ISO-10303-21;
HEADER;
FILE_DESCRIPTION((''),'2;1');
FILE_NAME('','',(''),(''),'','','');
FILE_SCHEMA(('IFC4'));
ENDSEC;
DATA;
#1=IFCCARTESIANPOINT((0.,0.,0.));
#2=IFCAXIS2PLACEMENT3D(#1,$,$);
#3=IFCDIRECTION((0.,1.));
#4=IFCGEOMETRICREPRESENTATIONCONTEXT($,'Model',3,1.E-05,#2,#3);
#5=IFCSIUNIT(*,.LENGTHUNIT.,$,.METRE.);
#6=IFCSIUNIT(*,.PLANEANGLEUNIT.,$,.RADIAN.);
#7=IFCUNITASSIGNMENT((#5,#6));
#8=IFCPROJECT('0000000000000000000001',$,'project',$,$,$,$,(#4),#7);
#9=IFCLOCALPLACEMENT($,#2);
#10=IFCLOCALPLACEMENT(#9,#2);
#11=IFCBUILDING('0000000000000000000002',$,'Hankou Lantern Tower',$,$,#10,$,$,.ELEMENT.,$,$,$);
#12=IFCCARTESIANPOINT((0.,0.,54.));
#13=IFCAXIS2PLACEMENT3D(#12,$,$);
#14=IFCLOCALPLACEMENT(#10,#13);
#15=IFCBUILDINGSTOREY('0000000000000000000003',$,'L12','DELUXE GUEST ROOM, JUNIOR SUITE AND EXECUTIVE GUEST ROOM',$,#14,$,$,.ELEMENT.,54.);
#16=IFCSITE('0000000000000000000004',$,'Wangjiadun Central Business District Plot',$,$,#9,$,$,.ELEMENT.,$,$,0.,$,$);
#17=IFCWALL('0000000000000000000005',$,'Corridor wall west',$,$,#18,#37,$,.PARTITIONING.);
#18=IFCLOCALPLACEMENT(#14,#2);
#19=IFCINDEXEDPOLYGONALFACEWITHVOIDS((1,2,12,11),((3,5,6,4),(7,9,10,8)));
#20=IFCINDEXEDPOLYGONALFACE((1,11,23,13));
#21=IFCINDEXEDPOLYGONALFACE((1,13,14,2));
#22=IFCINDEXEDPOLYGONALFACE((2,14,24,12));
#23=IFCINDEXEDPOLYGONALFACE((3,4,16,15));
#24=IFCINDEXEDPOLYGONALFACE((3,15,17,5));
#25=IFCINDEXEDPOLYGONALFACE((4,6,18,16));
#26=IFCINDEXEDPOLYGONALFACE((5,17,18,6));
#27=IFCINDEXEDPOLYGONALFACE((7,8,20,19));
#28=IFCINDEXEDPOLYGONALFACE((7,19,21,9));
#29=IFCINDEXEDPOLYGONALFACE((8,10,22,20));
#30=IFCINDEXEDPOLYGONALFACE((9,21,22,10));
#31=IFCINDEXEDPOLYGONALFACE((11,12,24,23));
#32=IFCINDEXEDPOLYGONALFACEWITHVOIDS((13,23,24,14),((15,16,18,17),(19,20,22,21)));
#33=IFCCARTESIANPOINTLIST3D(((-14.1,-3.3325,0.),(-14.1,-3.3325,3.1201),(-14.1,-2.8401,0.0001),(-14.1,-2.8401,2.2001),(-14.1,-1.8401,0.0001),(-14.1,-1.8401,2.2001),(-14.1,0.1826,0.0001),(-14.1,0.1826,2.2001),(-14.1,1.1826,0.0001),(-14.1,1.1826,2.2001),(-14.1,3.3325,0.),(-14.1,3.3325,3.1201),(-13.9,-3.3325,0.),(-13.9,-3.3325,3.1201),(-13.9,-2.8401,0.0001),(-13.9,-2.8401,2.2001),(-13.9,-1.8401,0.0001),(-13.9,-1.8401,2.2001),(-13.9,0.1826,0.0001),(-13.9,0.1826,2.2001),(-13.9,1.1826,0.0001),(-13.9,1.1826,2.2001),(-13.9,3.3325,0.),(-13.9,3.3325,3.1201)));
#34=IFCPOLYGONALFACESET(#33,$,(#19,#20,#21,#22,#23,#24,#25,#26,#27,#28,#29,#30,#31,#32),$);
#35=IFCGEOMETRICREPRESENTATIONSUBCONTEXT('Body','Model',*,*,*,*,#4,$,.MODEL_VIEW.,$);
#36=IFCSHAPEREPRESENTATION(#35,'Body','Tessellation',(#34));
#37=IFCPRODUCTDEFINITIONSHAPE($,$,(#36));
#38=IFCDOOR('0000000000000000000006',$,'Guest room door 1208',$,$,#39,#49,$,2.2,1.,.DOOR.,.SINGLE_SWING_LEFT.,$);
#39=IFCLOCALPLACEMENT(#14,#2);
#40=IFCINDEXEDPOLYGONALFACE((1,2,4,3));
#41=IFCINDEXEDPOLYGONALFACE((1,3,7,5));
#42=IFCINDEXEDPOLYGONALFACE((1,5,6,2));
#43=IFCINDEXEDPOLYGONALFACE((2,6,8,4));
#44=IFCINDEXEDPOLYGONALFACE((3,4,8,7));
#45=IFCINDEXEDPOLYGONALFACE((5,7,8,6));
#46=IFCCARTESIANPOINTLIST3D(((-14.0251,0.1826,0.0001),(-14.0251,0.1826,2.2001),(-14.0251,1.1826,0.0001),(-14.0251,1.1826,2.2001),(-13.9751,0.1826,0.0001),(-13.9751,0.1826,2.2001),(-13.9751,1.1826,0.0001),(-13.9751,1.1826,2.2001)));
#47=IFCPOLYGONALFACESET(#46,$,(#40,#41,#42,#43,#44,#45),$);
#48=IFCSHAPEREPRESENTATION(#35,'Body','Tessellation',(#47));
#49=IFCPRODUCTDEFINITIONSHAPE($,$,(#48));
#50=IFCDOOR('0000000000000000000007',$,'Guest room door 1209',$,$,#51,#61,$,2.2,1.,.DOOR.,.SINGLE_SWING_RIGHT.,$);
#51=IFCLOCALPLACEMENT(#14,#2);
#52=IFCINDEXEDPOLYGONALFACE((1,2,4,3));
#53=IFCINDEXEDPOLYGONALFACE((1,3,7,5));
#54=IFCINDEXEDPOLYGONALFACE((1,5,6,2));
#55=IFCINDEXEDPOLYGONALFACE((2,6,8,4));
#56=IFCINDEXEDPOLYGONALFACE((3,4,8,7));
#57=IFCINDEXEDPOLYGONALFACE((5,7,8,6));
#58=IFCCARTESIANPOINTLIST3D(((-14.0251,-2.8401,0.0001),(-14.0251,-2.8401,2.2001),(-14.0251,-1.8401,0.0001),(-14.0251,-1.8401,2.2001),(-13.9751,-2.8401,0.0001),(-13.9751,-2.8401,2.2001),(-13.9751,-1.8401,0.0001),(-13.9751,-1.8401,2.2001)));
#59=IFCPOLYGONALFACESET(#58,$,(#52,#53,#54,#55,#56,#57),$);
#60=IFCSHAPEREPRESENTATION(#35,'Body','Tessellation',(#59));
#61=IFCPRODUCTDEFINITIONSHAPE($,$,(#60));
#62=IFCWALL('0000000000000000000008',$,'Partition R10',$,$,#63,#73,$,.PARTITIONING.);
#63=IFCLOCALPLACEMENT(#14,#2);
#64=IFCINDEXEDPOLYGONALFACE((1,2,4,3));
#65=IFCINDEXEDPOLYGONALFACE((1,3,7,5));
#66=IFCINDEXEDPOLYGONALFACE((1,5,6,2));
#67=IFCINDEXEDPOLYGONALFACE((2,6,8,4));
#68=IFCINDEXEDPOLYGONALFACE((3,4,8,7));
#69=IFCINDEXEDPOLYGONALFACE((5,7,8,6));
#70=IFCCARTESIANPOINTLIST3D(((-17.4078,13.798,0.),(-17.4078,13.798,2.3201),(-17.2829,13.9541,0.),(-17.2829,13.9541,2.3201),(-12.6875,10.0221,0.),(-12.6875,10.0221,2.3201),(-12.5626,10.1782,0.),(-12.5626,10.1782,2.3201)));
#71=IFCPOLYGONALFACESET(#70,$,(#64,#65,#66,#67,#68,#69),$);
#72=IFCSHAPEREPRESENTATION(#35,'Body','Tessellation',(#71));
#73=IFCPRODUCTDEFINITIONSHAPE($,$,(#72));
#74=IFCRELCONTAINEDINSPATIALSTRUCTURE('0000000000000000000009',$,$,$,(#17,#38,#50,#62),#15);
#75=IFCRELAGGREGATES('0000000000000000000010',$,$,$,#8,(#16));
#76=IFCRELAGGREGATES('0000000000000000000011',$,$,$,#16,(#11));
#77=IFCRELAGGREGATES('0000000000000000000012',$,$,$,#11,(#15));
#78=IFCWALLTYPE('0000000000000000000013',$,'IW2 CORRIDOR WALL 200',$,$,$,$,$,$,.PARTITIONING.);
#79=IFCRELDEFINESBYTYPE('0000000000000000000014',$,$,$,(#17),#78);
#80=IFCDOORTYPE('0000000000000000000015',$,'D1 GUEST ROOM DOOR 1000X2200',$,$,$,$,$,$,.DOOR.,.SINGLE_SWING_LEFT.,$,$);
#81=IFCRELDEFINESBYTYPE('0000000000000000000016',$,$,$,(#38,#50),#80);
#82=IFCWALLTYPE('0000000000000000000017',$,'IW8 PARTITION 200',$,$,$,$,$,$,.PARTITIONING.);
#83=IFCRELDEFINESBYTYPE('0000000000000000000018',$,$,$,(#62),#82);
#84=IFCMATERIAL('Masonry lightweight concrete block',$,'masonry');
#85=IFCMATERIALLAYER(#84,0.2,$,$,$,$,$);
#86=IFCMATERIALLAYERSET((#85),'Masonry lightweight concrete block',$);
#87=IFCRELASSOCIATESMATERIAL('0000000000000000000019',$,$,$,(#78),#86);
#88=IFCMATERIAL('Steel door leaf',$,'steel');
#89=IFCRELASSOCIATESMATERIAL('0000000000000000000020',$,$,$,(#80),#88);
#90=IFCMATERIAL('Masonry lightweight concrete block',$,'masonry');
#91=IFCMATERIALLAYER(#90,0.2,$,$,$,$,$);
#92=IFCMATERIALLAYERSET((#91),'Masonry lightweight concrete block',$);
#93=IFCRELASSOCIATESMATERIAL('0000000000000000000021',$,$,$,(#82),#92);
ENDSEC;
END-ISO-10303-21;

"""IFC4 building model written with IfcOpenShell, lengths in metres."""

from ifc_helpers import new_model, si_unit, direction, frame, frame_2d, origin, place, context, subcontext, project, spatial, rectangle, extrude, material, layer, layer_set, type_object, element, fill, save


model = new_model("IFC4")

# Units and contexts
model_context = context("Model", 3, precision=1e-05, world=origin(), true_north=direction((0.0, 1.0)))
body_context = subcontext(model_context, "Body", "Model", "MODEL_VIEW")
ifc_project = project(units=[si_unit("LENGTHUNIT", "METRE"), si_unit("PLANEANGLEUNIT", "RADIAN")], contexts=[model_context])

# Site, building, storey
site_placement = place(None, origin())
site = spatial("IfcSite", under=ifc_project, at=site_placement, Name="Wangjiadun Central Business District Plot", CompositionType="ELEMENT", RefElevation=0.0)
building_placement = place(site_placement, origin())
building = spatial("IfcBuilding", under=site, at=building_placement, Name="Hankou Lantern Tower", CompositionType="ELEMENT")
storey_placement = place(building_placement, frame((0.0, 0.0, 54.0)))
storey = spatial("IfcBuildingStorey", under=building, at=storey_placement, Name="L12", Description="DELUXE GUEST ROOM, JUNIOR SUITE AND EXECUTIVE GUEST ROOM", CompositionType="ELEMENT", Elevation=54.0)

# Shared definitions
ifc_material_1 = material(Name="Masonry lightweight concrete block", Category="masonry")
ifc_layer_1 = layer(ifc_material_1, 0.2)
ifc_layer_set_1 = layer_set([ifc_layer_1], Name="Masonry lightweight concrete block")
wall_type_1 = type_object("IfcWallType", Name="IW2 CORRIDOR WALL 200", PredefinedType="PARTITIONING", material=ifc_layer_set_1)

# Wall, openings, doors
wall_1_placement = place(storey_placement, frame((-14.0, 3.3325, 0.0), z_axis=(0.0, 0.0, 1.0), x_axis=(0.0, -1.0, 0.0)))
wall_1 = element("IfcWall", 1, at=wall_1_placement, inside=storey, type_object=wall_type_1, Name="Corridor wall west", PredefinedType="PARTITIONING", context=body_context, shape_type="SweptSolid", body=[
    extrude(rectangle(XDim=6.665, YDim=0.2, at=frame_2d((3.3325, 0.0))), origin(), (0.0, 0.0, 1.0), 3.1201),
])
opening_1_placement = place(wall_1_placement, frame((2.1499, 0.0, 0.0)))
opening_1 = element("IfcOpeningElement", 2, at=opening_1_placement, cuts=wall_1, PredefinedType="OPENING", context=body_context, shape_type="SweptSolid", body=[
    extrude(rectangle(XDim=1.0, YDim=2.2, at=frame_2d((0.5, 1.1001))), frame((0.0, 0.1099, 0.0), z_axis=(0.0, -1.0, 0.0), x_axis=(1.0, 0.0, 0.0)), (0.0, 0.0, 1.0), 0.22),
])
opening_2_placement = place(wall_1_placement, frame((5.1726, 0.0, 0.0)))
opening_2 = element("IfcOpeningElement", 3, at=opening_2_placement, cuts=wall_1, PredefinedType="OPENING", context=body_context, shape_type="SweptSolid", body=[
    extrude(rectangle(XDim=1.0, YDim=2.2, at=frame_2d((0.5, 1.1001))), frame((0.0, 0.1099, 0.0), z_axis=(0.0, -1.0, 0.0), x_axis=(1.0, 0.0, 0.0)), (0.0, 0.0, 1.0), 0.22),
])
ifc_material_2 = material(Name="Steel door leaf", Category="steel")
door_type_1 = type_object("IfcDoorType", Name="D1 GUEST ROOM DOOR 1000X2200", OperationType="SINGLE_SWING_LEFT", PredefinedType="DOOR", material=ifc_material_2)
door_1_placement = place(opening_1_placement, origin())
door_1 = element("IfcDoor", 4, at=door_1_placement, inside=storey, type_object=door_type_1, Name="Guest room door 1208", OperationType="SINGLE_SWING_LEFT", OverallHeight=2.2, OverallWidth=1.0, PredefinedType="DOOR", context=body_context, shape_type="SweptSolid", body=[
    extrude(rectangle(XDim=1.0, YDim=2.2, at=frame_2d((0.5, 1.1001))), frame((0.0, 0.0249, 0.0), z_axis=(0.0, -1.0, 0.0), x_axis=(1.0, 0.0, 0.0)), (0.0, 0.0, 1.0), 0.05),
])
fill(opening_1, door_1)
door_2_placement = place(opening_2_placement, origin())
door_2 = element("IfcDoor", 5, at=door_2_placement, inside=storey, type_object=door_type_1, Name="Guest room door 1209", OperationType="SINGLE_SWING_RIGHT", OverallHeight=2.2, OverallWidth=1.0, PredefinedType="DOOR", context=body_context, shape_type="SweptSolid", body=[
    extrude(rectangle(XDim=1.0, YDim=2.2, at=frame_2d((0.5, 1.1001))), frame((0.0, 0.0249, 0.0), z_axis=(0.0, -1.0, 0.0), x_axis=(1.0, 0.0, 0.0)), (0.0, 0.0, 1.0), 0.05),
])
fill(opening_2, door_2)

# Wall
ifc_material_3 = material(Name="Masonry lightweight concrete block", Category="masonry")
ifc_layer_2 = layer(ifc_material_3, 0.2)
ifc_layer_set_2 = layer_set([ifc_layer_2], Name="Masonry lightweight concrete block")
wall_type_2 = type_object("IfcWallType", Name="IW8 PARTITION 200", PredefinedType="PARTITIONING", material=ifc_layer_set_2)
wall_2_placement = place(storey_placement, frame((-12.625, 10.1001, 0.0), z_axis=(0.0, 0.0, 1.0), x_axis=(-0.780892, 0.624665, 0.0)))
element("IfcWall", 6, at=wall_2_placement, inside=storey, type_object=wall_type_2, Name="Partition R10", PredefinedType="PARTITIONING", context=body_context, shape_type="SweptSolid", body=[
    extrude(rectangle(XDim=6.0447, YDim=0.2, at=frame_2d((3.0225, 0.0))), origin(), (0.0, 0.0, 1.0), 2.3201),
])

save(model, "model.ifc")
